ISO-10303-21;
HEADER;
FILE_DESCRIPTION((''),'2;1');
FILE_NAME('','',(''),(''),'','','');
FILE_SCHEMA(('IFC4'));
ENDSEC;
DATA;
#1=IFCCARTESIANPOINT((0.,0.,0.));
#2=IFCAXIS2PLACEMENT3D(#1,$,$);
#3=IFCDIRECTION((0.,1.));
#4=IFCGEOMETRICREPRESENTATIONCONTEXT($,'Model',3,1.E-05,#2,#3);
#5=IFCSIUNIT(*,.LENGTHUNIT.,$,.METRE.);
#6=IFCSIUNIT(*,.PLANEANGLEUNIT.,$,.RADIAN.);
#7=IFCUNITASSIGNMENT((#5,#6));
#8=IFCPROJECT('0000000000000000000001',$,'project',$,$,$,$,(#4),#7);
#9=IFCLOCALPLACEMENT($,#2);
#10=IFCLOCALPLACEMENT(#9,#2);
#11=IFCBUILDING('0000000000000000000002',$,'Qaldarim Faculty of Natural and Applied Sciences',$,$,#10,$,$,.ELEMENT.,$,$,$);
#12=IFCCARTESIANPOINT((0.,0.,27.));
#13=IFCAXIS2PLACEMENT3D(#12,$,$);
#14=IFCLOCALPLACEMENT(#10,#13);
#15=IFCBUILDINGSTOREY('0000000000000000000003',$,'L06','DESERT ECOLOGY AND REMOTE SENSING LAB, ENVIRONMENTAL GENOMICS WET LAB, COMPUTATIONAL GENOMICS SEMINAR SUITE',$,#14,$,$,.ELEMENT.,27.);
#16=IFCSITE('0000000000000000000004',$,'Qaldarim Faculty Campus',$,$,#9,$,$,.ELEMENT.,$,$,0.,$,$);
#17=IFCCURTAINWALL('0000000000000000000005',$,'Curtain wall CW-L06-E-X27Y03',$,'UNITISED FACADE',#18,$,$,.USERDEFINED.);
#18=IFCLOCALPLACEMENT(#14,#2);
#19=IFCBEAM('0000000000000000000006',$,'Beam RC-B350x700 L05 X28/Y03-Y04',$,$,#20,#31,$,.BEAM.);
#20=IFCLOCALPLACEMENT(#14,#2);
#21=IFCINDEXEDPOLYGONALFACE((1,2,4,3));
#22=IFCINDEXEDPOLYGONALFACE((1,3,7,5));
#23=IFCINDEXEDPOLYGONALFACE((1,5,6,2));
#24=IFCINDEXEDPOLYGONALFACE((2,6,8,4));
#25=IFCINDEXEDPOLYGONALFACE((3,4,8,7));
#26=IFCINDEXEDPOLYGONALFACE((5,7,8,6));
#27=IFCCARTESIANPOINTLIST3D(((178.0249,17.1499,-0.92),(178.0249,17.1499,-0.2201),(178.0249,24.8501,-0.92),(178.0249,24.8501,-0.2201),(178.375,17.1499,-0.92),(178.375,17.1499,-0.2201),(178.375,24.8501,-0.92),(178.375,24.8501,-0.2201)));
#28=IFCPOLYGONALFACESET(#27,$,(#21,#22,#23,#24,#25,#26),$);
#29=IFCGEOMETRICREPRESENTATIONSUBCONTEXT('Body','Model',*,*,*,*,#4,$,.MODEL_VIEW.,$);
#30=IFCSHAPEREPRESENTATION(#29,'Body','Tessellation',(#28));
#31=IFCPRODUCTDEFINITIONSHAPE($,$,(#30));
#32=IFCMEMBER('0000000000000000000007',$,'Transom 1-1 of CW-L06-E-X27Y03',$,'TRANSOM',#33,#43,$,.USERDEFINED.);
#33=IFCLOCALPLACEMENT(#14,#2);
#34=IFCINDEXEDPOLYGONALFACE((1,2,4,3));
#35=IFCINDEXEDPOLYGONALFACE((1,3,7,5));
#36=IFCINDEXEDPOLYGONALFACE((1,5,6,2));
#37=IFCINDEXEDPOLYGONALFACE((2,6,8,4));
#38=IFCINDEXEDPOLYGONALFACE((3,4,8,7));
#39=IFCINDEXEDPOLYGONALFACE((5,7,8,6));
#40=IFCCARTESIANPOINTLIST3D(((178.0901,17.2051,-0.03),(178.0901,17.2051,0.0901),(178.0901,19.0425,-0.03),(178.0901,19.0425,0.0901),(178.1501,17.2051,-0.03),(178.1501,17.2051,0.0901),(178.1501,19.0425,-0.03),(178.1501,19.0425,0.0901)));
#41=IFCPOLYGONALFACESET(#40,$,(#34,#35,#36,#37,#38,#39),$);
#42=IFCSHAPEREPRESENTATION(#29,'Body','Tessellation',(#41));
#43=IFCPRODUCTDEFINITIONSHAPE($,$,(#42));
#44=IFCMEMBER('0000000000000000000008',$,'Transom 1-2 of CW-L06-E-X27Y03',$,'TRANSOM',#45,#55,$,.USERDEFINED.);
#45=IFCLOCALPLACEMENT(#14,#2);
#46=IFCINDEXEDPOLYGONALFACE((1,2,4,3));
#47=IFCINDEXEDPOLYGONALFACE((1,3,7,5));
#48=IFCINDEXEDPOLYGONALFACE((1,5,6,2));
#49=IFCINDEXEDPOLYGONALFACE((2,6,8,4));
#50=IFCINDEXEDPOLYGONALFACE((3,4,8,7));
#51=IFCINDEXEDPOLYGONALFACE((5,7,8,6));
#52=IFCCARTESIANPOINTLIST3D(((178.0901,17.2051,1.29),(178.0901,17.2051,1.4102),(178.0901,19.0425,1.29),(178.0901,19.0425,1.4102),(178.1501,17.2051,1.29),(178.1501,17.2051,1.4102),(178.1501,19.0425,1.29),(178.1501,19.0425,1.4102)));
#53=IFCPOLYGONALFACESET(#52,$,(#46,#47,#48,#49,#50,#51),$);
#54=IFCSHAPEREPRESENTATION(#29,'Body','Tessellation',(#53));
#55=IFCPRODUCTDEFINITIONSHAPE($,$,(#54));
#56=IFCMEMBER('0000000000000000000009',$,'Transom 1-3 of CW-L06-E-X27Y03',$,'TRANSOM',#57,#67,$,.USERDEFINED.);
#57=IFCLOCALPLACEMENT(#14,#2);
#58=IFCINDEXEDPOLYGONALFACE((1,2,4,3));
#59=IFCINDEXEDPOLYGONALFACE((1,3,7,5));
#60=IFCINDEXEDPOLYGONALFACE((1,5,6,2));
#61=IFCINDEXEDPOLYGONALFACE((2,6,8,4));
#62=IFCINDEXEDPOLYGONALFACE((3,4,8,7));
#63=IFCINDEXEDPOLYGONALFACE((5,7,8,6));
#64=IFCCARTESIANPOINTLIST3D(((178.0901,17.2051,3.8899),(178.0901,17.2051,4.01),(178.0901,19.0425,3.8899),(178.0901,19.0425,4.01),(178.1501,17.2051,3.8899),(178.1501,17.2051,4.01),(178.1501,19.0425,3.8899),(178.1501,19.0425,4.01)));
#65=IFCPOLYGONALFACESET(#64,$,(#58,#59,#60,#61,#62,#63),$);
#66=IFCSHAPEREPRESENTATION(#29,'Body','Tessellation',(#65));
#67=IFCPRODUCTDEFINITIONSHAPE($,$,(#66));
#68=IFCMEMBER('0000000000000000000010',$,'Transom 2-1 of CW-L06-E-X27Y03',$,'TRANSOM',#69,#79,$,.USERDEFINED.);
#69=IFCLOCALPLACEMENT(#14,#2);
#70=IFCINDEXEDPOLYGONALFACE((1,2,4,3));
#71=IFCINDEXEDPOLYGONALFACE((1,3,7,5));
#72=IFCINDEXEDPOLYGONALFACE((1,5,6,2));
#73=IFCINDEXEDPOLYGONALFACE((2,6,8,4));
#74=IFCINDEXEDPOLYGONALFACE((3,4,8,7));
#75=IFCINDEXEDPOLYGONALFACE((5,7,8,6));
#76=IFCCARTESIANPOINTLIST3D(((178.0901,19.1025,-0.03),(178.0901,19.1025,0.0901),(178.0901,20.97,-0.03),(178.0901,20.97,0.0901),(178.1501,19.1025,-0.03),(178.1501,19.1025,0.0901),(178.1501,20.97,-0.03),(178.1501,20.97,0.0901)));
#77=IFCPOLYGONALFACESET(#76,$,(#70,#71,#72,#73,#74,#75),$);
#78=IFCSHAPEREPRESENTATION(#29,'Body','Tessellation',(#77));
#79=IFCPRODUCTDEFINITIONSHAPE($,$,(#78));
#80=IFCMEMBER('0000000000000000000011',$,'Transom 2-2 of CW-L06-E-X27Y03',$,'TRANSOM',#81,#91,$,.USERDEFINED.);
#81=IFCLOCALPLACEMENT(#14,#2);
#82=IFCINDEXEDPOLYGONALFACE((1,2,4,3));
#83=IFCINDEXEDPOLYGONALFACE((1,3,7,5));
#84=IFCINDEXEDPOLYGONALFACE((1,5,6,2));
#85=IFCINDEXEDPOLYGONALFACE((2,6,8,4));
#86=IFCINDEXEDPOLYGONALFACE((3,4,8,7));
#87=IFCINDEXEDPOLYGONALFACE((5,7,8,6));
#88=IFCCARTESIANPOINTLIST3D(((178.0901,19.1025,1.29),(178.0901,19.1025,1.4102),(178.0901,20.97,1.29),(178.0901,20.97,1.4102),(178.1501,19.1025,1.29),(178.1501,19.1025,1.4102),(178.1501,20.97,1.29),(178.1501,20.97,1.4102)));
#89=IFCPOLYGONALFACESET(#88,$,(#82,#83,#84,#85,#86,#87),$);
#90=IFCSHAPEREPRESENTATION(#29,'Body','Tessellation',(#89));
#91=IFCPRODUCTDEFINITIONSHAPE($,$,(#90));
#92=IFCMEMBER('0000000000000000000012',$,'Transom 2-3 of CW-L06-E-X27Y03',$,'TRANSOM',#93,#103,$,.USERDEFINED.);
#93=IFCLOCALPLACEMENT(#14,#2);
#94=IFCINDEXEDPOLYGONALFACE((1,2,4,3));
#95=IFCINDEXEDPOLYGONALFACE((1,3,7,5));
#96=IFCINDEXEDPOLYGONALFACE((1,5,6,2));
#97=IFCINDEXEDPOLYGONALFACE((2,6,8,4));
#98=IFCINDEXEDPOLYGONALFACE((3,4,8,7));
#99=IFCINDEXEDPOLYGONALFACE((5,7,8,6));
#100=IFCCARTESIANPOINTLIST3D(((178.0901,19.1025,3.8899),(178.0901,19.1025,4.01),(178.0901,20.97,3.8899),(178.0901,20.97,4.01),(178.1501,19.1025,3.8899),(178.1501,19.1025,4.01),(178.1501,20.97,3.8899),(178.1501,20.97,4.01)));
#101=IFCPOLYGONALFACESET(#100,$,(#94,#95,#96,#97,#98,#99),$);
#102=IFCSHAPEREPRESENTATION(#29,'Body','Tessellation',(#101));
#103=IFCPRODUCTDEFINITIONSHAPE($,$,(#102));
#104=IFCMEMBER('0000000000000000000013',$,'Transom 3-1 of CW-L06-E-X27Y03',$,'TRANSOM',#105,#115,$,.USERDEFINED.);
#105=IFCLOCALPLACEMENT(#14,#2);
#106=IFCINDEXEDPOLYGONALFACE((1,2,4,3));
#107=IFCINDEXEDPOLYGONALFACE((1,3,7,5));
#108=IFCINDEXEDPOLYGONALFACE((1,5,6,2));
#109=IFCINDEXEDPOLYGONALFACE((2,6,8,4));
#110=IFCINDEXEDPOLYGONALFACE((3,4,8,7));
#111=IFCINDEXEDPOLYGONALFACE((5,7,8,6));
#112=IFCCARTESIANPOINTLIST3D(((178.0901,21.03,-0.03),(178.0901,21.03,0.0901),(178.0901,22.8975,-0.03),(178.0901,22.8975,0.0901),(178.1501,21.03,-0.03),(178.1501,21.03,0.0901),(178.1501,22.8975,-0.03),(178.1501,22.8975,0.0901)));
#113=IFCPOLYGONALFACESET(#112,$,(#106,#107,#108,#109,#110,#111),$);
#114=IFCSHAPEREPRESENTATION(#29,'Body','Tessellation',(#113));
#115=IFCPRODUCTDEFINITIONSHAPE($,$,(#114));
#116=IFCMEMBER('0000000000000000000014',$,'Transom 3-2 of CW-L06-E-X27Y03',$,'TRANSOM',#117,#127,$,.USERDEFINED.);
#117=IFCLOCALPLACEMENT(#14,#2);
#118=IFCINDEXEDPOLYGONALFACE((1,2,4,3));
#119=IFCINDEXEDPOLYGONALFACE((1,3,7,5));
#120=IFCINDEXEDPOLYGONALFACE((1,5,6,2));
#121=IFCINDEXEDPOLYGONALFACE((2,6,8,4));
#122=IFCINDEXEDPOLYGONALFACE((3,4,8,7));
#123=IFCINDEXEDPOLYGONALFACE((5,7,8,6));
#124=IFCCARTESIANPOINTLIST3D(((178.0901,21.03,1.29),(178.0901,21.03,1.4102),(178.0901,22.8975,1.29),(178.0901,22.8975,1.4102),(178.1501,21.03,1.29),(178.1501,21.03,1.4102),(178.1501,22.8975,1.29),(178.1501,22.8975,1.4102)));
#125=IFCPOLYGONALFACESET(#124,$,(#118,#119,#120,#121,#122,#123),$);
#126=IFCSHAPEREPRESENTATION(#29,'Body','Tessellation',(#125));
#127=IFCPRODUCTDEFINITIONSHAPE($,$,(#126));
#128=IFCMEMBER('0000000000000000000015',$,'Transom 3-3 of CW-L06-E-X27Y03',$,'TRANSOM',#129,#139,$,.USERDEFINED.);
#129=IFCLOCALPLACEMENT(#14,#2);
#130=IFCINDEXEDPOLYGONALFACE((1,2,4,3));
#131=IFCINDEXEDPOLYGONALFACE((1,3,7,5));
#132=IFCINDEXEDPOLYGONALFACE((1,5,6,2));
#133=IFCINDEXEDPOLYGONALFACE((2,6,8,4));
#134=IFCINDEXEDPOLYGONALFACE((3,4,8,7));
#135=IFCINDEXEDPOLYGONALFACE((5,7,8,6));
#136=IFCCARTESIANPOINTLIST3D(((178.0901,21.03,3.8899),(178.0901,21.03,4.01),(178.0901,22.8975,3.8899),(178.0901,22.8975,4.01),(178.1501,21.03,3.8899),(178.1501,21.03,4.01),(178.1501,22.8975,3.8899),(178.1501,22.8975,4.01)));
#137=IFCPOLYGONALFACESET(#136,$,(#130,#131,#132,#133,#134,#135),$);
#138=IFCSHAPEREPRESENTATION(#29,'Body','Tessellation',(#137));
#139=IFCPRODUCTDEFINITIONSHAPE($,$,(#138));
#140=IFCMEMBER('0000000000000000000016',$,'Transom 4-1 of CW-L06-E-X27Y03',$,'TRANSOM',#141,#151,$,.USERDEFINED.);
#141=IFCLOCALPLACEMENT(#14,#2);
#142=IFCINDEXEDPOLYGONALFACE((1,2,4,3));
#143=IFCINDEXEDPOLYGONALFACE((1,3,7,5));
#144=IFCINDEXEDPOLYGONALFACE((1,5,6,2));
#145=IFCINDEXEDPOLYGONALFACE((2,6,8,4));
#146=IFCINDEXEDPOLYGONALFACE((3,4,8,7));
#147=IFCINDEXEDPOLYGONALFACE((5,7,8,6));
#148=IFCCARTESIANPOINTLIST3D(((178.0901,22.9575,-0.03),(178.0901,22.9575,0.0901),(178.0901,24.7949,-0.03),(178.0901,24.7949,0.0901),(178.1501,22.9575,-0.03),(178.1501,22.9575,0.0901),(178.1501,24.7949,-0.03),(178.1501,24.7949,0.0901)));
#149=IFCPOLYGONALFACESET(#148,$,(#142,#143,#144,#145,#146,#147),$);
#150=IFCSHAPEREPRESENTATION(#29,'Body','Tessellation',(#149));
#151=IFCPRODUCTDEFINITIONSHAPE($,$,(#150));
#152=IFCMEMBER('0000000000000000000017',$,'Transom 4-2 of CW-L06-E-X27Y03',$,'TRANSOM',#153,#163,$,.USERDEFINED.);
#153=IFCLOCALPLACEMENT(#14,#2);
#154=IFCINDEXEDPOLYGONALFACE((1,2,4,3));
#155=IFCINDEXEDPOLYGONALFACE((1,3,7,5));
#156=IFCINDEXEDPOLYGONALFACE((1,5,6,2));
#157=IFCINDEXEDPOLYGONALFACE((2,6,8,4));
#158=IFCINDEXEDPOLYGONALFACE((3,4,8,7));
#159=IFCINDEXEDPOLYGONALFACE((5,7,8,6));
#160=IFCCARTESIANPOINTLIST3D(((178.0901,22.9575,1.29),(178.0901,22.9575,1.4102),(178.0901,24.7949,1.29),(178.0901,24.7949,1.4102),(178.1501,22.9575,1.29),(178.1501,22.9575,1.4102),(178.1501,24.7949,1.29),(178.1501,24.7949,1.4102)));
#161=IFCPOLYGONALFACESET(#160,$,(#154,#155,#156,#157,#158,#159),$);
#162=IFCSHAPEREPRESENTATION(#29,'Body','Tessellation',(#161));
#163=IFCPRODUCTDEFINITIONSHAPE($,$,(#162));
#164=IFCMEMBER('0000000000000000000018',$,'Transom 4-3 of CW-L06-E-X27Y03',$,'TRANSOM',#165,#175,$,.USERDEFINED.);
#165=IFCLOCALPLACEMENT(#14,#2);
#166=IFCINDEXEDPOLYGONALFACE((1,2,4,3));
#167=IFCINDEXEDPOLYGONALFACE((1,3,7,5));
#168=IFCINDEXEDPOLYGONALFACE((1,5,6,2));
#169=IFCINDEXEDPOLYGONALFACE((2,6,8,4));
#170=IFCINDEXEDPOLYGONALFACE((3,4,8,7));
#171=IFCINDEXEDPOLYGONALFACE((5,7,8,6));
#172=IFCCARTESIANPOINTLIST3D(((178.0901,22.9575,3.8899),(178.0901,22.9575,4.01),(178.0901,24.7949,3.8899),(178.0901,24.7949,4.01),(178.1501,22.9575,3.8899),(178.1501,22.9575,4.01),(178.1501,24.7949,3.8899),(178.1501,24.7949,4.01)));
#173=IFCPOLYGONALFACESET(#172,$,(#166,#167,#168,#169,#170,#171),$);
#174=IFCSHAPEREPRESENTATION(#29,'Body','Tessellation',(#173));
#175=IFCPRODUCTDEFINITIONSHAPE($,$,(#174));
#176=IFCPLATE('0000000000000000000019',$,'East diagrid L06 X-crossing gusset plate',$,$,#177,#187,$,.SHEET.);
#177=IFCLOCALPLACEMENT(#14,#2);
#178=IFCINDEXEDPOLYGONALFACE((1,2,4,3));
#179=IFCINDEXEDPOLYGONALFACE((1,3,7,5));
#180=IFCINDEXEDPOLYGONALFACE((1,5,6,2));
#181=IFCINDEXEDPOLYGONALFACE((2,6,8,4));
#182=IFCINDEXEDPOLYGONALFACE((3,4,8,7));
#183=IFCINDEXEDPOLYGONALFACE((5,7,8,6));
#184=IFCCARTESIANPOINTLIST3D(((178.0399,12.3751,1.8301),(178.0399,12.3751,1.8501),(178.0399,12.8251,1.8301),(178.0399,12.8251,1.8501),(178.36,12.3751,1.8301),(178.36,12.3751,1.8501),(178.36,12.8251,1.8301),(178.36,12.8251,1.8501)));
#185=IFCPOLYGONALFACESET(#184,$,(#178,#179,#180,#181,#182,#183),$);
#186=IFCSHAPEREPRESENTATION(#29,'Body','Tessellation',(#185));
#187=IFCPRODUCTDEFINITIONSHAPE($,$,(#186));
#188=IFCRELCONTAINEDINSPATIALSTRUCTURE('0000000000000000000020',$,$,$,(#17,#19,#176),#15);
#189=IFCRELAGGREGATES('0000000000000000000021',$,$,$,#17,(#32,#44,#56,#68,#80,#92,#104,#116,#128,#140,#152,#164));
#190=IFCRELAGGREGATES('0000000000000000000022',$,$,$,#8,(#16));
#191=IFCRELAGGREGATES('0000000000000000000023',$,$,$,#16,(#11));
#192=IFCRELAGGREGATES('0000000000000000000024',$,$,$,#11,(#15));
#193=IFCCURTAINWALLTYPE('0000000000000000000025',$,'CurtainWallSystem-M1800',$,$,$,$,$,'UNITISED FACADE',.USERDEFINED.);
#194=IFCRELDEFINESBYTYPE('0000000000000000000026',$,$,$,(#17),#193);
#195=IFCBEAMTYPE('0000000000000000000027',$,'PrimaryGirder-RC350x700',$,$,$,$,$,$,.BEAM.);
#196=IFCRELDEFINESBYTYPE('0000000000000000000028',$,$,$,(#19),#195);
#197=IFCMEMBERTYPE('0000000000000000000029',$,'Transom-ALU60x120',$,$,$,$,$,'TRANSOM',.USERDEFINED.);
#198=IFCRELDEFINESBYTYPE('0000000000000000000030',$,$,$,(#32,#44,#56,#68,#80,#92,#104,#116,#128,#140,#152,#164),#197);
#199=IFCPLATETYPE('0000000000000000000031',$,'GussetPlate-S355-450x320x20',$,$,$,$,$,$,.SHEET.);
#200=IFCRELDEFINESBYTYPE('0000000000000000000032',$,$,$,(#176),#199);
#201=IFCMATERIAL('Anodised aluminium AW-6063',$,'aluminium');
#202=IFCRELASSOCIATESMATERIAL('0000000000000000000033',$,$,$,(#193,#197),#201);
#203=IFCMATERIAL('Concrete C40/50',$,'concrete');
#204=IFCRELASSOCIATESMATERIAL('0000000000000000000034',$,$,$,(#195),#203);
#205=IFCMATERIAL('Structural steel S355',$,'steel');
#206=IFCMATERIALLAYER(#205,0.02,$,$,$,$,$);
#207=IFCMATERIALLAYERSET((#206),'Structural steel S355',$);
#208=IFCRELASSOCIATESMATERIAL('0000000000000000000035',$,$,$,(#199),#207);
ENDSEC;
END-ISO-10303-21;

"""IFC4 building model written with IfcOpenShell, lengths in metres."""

from ifc_helpers import new_model, si_unit, direction, frame, origin, origin_2d, place, context, subcontext, project, spatial, rectangle, extrude, material, layer, layer_set, material_profile, profile_set, type_object, element, aggregate, save


model = new_model("IFC4")

# Units and contexts
model_context = context("Model", 3, precision=1e-05, world=origin(), true_north=direction((0.0, 1.0)))
body_context = subcontext(model_context, "Body", "Model", "MODEL_VIEW")
ifc_project = project(units=[si_unit("LENGTHUNIT", "METRE"), si_unit("PLANEANGLEUNIT", "RADIAN")], contexts=[model_context])

# Site, building, storey
site_placement = place(None, origin())
site = spatial("IfcSite", under=ifc_project, at=site_placement, Name="Qaldarim Faculty Campus", CompositionType="ELEMENT", RefElevation=0.0)
building_placement = place(site_placement, origin())
building = spatial("IfcBuilding", under=site, at=building_placement, Name="Qaldarim Faculty of Natural and Applied Sciences", CompositionType="ELEMENT")
storey_placement = place(building_placement, frame((0.0, 0.0, 27.0)))
storey = spatial("IfcBuildingStorey", under=building, at=storey_placement, Name="L06", Description="DESERT ECOLOGY AND REMOTE SENSING LAB, ENVIRONMENTAL GENOMICS WET LAB, COMPUTATIONAL GENOMICS SEMINAR SUITE", CompositionType="ELEMENT", Elevation=27.0)

# Shared definitions
ifc_material_1 = material(Name="Concrete C40/50", Category="concrete")

# Curtain wall
ifc_material_2 = material(Name="Anodised aluminium AW-6063", Category="aluminium")
curtain_wall_type = type_object("IfcCurtainWallType", Name="CurtainWallSystem-M1800", ElementType="UNITISED FACADE", PredefinedType="USERDEFINED", material=ifc_material_2)
curtain_wall_placement = place(storey_placement, origin())
curtain_wall = element("IfcCurtainWall", 1, at=curtain_wall_placement, inside=storey, type_object=curtain_wall_type, Name="Curtain wall CW-L06-E-X27Y03", ObjectType="UNITISED FACADE", PredefinedType="USERDEFINED")

# Shared definitions
ifc_material_3 = material(Name="Structural steel S355", Category="steel")

# Beam
ifc_material_profile_1 = material_profile(ifc_material_1, rectangle(XDim=0.3501, YDim=0.7, at=origin_2d()), Name="RC-B350x700")
ifc_profile_set_1 = profile_set([ifc_material_profile_1], Name="Concrete C40/50")
beam_type_1 = type_object("IfcBeamType", Name="PrimaryGirder-RC350x700", PredefinedType="BEAM", material=ifc_profile_set_1)
beam_1_placement = place(storey_placement, frame((178.2, 17.1499, -0.5701), z_axis=(0.0, 1.0, 0.0), x_axis=(-1.0, 0.0, 0.0)))
element("IfcBeam", 2, at=beam_1_placement, inside=storey, type_object=beam_type_1, Name="Beam RC-B350x700 L05 X28/Y03-Y04", PredefinedType="BEAM", context=body_context, shape_type="SweptSolid", body=[
    extrude(rectangle(XDim=0.3501, YDim=0.7, at=origin_2d()), origin(), (0.0, 0.0, 1.0), 7.7002),
])

# Members
ifc_material_profile_2 = material_profile(ifc_material_2, rectangle(XDim=0.0601, YDim=0.1201, at=origin_2d()), Name="ALU-T60x120")
ifc_profile_set_2 = profile_set([ifc_material_profile_2], Name="Anodised aluminium AW-6063")
member_type_1 = type_object("IfcMemberType", Name="Transom-ALU60x120", ElementType="TRANSOM", PredefinedType="USERDEFINED", material=ifc_profile_set_2)
member_1_placement = place(storey_placement, frame((178.1201, 17.2051, 0.03), z_axis=(0.0, 1.0, 0.0), x_axis=(-1.0, 0.0, 0.0)))
member_1 = element("IfcMember", 3, at=member_1_placement, type_object=member_type_1, Name="Transom 1-1 of CW-L06-E-X27Y03", ObjectType="TRANSOM", PredefinedType="USERDEFINED", context=body_context, shape_type="SweptSolid", body=[
    extrude(rectangle(XDim=0.0601, YDim=0.1201, at=origin_2d()), origin(), (0.0, 0.0, 1.0), 1.8374),
])
member_2_placement = place(storey_placement, frame((178.1201, 17.2051, 1.3501), z_axis=(0.0, 1.0, 0.0), x_axis=(-1.0, 0.0, 0.0)))
member_2 = element("IfcMember", 4, at=member_2_placement, type_object=member_type_1, Name="Transom 1-2 of CW-L06-E-X27Y03", ObjectType="TRANSOM", PredefinedType="USERDEFINED", context=body_context, shape_type="SweptSolid", body=[
    extrude(rectangle(XDim=0.0601, YDim=0.1201, at=origin_2d()), origin(), (0.0, 0.0, 1.0), 1.8374),
])
member_3_placement = place(storey_placement, frame((178.1201, 17.2051, 3.95), z_axis=(0.0, 1.0, 0.0), x_axis=(-1.0, 0.0, 0.0)))
member_3 = element("IfcMember", 5, at=member_3_placement, type_object=member_type_1, Name="Transom 1-3 of CW-L06-E-X27Y03", ObjectType="TRANSOM", PredefinedType="USERDEFINED", context=body_context, shape_type="SweptSolid", body=[
    extrude(rectangle(XDim=0.0601, YDim=0.1201, at=origin_2d()), origin(), (0.0, 0.0, 1.0), 1.8374),
])
member_4_placement = place(storey_placement, frame((178.1201, 19.1025, 0.03), z_axis=(0.0, 1.0, 0.0), x_axis=(-1.0, 0.0, 0.0)))
member_4 = element("IfcMember", 6, at=member_4_placement, type_object=member_type_1, Name="Transom 2-1 of CW-L06-E-X27Y03", ObjectType="TRANSOM", PredefinedType="USERDEFINED", context=body_context, shape_type="SweptSolid", body=[
    extrude(rectangle(XDim=0.0601, YDim=0.1201, at=origin_2d()), origin(), (0.0, 0.0, 1.0), 1.8674),
])
member_5_placement = place(storey_placement, frame((178.1201, 19.1025, 1.3501), z_axis=(0.0, 1.0, 0.0), x_axis=(-1.0, 0.0, 0.0)))
member_5 = element("IfcMember", 7, at=member_5_placement, type_object=member_type_1, Name="Transom 2-2 of CW-L06-E-X27Y03", ObjectType="TRANSOM", PredefinedType="USERDEFINED", context=body_context, shape_type="SweptSolid", body=[
    extrude(rectangle(XDim=0.0601, YDim=0.1201, at=origin_2d()), origin(), (0.0, 0.0, 1.0), 1.8674),
])
member_6_placement = place(storey_placement, frame((178.1201, 19.1025, 3.95), z_axis=(0.0, 1.0, 0.0), x_axis=(-1.0, 0.0, 0.0)))
member_6 = element("IfcMember", 8, at=member_6_placement, type_object=member_type_1, Name="Transom 2-3 of CW-L06-E-X27Y03", ObjectType="TRANSOM", PredefinedType="USERDEFINED", context=body_context, shape_type="SweptSolid", body=[
    extrude(rectangle(XDim=0.0601, YDim=0.1201, at=origin_2d()), origin(), (0.0, 0.0, 1.0), 1.8674),
])
member_7_placement = place(storey_placement, frame((178.1201, 21.03, 0.03), z_axis=(0.0, 1.0, 0.0), x_axis=(-1.0, 0.0, 0.0)))
member_7 = element("IfcMember", 9, at=member_7_placement, type_object=member_type_1, Name="Transom 3-1 of CW-L06-E-X27Y03", ObjectType="TRANSOM", PredefinedType="USERDEFINED", context=body_context, shape_type="SweptSolid", body=[
    extrude(rectangle(XDim=0.0601, YDim=0.1201, at=origin_2d()), origin(), (0.0, 0.0, 1.0), 1.8674),
])
member_8_placement = place(storey_placement, frame((178.1201, 21.03, 1.3501), z_axis=(0.0, 1.0, 0.0), x_axis=(-1.0, 0.0, 0.0)))
member_8 = element("IfcMember", 10, at=member_8_placement, type_object=member_type_1, Name="Transom 3-2 of CW-L06-E-X27Y03", ObjectType="TRANSOM", PredefinedType="USERDEFINED", context=body_context, shape_type="SweptSolid", body=[
    extrude(rectangle(XDim=0.0601, YDim=0.1201, at=origin_2d()), origin(), (0.0, 0.0, 1.0), 1.8674),
])
member_9_placement = place(storey_placement, frame((178.1201, 21.03, 3.95), z_axis=(0.0, 1.0, 0.0), x_axis=(-1.0, 0.0, 0.0)))
member_9 = element("IfcMember", 11, at=member_9_placement, type_object=member_type_1, Name="Transom 3-3 of CW-L06-E-X27Y03", ObjectType="TRANSOM", PredefinedType="USERDEFINED", context=body_context, shape_type="SweptSolid", body=[
    extrude(rectangle(XDim=0.0601, YDim=0.1201, at=origin_2d()), origin(), (0.0, 0.0, 1.0), 1.8674),
])
member_10_placement = place(storey_placement, frame((178.1201, 22.9575, 0.03), z_axis=(0.0, 1.0, 0.0), x_axis=(-1.0, 0.0, 0.0)))
member_10 = element("IfcMember", 12, at=member_10_placement, type_object=member_type_1, Name="Transom 4-1 of CW-L06-E-X27Y03", ObjectType="TRANSOM", PredefinedType="USERDEFINED", context=body_context, shape_type="SweptSolid", body=[
    extrude(rectangle(XDim=0.0601, YDim=0.1201, at=origin_2d()), origin(), (0.0, 0.0, 1.0), 1.8374),
])
member_11_placement = place(storey_placement, frame((178.1201, 22.9575, 1.3501), z_axis=(0.0, 1.0, 0.0), x_axis=(-1.0, 0.0, 0.0)))
member_11 = element("IfcMember", 13, at=member_11_placement, type_object=member_type_1, Name="Transom 4-2 of CW-L06-E-X27Y03", ObjectType="TRANSOM", PredefinedType="USERDEFINED", context=body_context, shape_type="SweptSolid", body=[
    extrude(rectangle(XDim=0.0601, YDim=0.1201, at=origin_2d()), origin(), (0.0, 0.0, 1.0), 1.8374),
])
member_12_placement = place(storey_placement, frame((178.1201, 22.9575, 3.95), z_axis=(0.0, 1.0, 0.0), x_axis=(-1.0, 0.0, 0.0)))
member_12 = element("IfcMember", 14, at=member_12_placement, type_object=member_type_1, Name="Transom 4-3 of CW-L06-E-X27Y03", ObjectType="TRANSOM", PredefinedType="USERDEFINED", context=body_context, shape_type="SweptSolid", body=[
    extrude(rectangle(XDim=0.0601, YDim=0.1201, at=origin_2d()), origin(), (0.0, 0.0, 1.0), 1.8374),
])

# Plate
ifc_layer_1 = layer(ifc_material_3, 0.02)
ifc_layer_set_1 = layer_set([ifc_layer_1], Name="Structural steel S355")
plate_type_1 = type_object("IfcPlateType", Name="GussetPlate-S355-450x320x20", PredefinedType="SHEET", material=ifc_layer_set_1)
for number, where, z_axis, x_axis, name in (
    (15, (178.2, 12.6001, 1.8301), (0.0, 0.0, 1.0), (0.0, 1.0, 0.0), "East diagrid L06 X-crossing gusset plate"),
):
    element("IfcPlate", number, at=place(storey_placement, frame(where, z_axis=z_axis, x_axis=x_axis)), inside=storey, type_object=plate_type_1, Name=name, PredefinedType="SHEET", context=body_context, shape_type="SweptSolid", body=[
        extrude(rectangle(XDim=0.45, YDim=0.3201, at=origin_2d()), origin(), (0.0, 0.0, 1.0), 0.02),
    ])

aggregate(curtain_wall, [member_1, member_2, member_3, member_4, member_5, member_6, member_7, member_8, member_9, member_10, member_11, member_12])

save(model, "model.ifc")
